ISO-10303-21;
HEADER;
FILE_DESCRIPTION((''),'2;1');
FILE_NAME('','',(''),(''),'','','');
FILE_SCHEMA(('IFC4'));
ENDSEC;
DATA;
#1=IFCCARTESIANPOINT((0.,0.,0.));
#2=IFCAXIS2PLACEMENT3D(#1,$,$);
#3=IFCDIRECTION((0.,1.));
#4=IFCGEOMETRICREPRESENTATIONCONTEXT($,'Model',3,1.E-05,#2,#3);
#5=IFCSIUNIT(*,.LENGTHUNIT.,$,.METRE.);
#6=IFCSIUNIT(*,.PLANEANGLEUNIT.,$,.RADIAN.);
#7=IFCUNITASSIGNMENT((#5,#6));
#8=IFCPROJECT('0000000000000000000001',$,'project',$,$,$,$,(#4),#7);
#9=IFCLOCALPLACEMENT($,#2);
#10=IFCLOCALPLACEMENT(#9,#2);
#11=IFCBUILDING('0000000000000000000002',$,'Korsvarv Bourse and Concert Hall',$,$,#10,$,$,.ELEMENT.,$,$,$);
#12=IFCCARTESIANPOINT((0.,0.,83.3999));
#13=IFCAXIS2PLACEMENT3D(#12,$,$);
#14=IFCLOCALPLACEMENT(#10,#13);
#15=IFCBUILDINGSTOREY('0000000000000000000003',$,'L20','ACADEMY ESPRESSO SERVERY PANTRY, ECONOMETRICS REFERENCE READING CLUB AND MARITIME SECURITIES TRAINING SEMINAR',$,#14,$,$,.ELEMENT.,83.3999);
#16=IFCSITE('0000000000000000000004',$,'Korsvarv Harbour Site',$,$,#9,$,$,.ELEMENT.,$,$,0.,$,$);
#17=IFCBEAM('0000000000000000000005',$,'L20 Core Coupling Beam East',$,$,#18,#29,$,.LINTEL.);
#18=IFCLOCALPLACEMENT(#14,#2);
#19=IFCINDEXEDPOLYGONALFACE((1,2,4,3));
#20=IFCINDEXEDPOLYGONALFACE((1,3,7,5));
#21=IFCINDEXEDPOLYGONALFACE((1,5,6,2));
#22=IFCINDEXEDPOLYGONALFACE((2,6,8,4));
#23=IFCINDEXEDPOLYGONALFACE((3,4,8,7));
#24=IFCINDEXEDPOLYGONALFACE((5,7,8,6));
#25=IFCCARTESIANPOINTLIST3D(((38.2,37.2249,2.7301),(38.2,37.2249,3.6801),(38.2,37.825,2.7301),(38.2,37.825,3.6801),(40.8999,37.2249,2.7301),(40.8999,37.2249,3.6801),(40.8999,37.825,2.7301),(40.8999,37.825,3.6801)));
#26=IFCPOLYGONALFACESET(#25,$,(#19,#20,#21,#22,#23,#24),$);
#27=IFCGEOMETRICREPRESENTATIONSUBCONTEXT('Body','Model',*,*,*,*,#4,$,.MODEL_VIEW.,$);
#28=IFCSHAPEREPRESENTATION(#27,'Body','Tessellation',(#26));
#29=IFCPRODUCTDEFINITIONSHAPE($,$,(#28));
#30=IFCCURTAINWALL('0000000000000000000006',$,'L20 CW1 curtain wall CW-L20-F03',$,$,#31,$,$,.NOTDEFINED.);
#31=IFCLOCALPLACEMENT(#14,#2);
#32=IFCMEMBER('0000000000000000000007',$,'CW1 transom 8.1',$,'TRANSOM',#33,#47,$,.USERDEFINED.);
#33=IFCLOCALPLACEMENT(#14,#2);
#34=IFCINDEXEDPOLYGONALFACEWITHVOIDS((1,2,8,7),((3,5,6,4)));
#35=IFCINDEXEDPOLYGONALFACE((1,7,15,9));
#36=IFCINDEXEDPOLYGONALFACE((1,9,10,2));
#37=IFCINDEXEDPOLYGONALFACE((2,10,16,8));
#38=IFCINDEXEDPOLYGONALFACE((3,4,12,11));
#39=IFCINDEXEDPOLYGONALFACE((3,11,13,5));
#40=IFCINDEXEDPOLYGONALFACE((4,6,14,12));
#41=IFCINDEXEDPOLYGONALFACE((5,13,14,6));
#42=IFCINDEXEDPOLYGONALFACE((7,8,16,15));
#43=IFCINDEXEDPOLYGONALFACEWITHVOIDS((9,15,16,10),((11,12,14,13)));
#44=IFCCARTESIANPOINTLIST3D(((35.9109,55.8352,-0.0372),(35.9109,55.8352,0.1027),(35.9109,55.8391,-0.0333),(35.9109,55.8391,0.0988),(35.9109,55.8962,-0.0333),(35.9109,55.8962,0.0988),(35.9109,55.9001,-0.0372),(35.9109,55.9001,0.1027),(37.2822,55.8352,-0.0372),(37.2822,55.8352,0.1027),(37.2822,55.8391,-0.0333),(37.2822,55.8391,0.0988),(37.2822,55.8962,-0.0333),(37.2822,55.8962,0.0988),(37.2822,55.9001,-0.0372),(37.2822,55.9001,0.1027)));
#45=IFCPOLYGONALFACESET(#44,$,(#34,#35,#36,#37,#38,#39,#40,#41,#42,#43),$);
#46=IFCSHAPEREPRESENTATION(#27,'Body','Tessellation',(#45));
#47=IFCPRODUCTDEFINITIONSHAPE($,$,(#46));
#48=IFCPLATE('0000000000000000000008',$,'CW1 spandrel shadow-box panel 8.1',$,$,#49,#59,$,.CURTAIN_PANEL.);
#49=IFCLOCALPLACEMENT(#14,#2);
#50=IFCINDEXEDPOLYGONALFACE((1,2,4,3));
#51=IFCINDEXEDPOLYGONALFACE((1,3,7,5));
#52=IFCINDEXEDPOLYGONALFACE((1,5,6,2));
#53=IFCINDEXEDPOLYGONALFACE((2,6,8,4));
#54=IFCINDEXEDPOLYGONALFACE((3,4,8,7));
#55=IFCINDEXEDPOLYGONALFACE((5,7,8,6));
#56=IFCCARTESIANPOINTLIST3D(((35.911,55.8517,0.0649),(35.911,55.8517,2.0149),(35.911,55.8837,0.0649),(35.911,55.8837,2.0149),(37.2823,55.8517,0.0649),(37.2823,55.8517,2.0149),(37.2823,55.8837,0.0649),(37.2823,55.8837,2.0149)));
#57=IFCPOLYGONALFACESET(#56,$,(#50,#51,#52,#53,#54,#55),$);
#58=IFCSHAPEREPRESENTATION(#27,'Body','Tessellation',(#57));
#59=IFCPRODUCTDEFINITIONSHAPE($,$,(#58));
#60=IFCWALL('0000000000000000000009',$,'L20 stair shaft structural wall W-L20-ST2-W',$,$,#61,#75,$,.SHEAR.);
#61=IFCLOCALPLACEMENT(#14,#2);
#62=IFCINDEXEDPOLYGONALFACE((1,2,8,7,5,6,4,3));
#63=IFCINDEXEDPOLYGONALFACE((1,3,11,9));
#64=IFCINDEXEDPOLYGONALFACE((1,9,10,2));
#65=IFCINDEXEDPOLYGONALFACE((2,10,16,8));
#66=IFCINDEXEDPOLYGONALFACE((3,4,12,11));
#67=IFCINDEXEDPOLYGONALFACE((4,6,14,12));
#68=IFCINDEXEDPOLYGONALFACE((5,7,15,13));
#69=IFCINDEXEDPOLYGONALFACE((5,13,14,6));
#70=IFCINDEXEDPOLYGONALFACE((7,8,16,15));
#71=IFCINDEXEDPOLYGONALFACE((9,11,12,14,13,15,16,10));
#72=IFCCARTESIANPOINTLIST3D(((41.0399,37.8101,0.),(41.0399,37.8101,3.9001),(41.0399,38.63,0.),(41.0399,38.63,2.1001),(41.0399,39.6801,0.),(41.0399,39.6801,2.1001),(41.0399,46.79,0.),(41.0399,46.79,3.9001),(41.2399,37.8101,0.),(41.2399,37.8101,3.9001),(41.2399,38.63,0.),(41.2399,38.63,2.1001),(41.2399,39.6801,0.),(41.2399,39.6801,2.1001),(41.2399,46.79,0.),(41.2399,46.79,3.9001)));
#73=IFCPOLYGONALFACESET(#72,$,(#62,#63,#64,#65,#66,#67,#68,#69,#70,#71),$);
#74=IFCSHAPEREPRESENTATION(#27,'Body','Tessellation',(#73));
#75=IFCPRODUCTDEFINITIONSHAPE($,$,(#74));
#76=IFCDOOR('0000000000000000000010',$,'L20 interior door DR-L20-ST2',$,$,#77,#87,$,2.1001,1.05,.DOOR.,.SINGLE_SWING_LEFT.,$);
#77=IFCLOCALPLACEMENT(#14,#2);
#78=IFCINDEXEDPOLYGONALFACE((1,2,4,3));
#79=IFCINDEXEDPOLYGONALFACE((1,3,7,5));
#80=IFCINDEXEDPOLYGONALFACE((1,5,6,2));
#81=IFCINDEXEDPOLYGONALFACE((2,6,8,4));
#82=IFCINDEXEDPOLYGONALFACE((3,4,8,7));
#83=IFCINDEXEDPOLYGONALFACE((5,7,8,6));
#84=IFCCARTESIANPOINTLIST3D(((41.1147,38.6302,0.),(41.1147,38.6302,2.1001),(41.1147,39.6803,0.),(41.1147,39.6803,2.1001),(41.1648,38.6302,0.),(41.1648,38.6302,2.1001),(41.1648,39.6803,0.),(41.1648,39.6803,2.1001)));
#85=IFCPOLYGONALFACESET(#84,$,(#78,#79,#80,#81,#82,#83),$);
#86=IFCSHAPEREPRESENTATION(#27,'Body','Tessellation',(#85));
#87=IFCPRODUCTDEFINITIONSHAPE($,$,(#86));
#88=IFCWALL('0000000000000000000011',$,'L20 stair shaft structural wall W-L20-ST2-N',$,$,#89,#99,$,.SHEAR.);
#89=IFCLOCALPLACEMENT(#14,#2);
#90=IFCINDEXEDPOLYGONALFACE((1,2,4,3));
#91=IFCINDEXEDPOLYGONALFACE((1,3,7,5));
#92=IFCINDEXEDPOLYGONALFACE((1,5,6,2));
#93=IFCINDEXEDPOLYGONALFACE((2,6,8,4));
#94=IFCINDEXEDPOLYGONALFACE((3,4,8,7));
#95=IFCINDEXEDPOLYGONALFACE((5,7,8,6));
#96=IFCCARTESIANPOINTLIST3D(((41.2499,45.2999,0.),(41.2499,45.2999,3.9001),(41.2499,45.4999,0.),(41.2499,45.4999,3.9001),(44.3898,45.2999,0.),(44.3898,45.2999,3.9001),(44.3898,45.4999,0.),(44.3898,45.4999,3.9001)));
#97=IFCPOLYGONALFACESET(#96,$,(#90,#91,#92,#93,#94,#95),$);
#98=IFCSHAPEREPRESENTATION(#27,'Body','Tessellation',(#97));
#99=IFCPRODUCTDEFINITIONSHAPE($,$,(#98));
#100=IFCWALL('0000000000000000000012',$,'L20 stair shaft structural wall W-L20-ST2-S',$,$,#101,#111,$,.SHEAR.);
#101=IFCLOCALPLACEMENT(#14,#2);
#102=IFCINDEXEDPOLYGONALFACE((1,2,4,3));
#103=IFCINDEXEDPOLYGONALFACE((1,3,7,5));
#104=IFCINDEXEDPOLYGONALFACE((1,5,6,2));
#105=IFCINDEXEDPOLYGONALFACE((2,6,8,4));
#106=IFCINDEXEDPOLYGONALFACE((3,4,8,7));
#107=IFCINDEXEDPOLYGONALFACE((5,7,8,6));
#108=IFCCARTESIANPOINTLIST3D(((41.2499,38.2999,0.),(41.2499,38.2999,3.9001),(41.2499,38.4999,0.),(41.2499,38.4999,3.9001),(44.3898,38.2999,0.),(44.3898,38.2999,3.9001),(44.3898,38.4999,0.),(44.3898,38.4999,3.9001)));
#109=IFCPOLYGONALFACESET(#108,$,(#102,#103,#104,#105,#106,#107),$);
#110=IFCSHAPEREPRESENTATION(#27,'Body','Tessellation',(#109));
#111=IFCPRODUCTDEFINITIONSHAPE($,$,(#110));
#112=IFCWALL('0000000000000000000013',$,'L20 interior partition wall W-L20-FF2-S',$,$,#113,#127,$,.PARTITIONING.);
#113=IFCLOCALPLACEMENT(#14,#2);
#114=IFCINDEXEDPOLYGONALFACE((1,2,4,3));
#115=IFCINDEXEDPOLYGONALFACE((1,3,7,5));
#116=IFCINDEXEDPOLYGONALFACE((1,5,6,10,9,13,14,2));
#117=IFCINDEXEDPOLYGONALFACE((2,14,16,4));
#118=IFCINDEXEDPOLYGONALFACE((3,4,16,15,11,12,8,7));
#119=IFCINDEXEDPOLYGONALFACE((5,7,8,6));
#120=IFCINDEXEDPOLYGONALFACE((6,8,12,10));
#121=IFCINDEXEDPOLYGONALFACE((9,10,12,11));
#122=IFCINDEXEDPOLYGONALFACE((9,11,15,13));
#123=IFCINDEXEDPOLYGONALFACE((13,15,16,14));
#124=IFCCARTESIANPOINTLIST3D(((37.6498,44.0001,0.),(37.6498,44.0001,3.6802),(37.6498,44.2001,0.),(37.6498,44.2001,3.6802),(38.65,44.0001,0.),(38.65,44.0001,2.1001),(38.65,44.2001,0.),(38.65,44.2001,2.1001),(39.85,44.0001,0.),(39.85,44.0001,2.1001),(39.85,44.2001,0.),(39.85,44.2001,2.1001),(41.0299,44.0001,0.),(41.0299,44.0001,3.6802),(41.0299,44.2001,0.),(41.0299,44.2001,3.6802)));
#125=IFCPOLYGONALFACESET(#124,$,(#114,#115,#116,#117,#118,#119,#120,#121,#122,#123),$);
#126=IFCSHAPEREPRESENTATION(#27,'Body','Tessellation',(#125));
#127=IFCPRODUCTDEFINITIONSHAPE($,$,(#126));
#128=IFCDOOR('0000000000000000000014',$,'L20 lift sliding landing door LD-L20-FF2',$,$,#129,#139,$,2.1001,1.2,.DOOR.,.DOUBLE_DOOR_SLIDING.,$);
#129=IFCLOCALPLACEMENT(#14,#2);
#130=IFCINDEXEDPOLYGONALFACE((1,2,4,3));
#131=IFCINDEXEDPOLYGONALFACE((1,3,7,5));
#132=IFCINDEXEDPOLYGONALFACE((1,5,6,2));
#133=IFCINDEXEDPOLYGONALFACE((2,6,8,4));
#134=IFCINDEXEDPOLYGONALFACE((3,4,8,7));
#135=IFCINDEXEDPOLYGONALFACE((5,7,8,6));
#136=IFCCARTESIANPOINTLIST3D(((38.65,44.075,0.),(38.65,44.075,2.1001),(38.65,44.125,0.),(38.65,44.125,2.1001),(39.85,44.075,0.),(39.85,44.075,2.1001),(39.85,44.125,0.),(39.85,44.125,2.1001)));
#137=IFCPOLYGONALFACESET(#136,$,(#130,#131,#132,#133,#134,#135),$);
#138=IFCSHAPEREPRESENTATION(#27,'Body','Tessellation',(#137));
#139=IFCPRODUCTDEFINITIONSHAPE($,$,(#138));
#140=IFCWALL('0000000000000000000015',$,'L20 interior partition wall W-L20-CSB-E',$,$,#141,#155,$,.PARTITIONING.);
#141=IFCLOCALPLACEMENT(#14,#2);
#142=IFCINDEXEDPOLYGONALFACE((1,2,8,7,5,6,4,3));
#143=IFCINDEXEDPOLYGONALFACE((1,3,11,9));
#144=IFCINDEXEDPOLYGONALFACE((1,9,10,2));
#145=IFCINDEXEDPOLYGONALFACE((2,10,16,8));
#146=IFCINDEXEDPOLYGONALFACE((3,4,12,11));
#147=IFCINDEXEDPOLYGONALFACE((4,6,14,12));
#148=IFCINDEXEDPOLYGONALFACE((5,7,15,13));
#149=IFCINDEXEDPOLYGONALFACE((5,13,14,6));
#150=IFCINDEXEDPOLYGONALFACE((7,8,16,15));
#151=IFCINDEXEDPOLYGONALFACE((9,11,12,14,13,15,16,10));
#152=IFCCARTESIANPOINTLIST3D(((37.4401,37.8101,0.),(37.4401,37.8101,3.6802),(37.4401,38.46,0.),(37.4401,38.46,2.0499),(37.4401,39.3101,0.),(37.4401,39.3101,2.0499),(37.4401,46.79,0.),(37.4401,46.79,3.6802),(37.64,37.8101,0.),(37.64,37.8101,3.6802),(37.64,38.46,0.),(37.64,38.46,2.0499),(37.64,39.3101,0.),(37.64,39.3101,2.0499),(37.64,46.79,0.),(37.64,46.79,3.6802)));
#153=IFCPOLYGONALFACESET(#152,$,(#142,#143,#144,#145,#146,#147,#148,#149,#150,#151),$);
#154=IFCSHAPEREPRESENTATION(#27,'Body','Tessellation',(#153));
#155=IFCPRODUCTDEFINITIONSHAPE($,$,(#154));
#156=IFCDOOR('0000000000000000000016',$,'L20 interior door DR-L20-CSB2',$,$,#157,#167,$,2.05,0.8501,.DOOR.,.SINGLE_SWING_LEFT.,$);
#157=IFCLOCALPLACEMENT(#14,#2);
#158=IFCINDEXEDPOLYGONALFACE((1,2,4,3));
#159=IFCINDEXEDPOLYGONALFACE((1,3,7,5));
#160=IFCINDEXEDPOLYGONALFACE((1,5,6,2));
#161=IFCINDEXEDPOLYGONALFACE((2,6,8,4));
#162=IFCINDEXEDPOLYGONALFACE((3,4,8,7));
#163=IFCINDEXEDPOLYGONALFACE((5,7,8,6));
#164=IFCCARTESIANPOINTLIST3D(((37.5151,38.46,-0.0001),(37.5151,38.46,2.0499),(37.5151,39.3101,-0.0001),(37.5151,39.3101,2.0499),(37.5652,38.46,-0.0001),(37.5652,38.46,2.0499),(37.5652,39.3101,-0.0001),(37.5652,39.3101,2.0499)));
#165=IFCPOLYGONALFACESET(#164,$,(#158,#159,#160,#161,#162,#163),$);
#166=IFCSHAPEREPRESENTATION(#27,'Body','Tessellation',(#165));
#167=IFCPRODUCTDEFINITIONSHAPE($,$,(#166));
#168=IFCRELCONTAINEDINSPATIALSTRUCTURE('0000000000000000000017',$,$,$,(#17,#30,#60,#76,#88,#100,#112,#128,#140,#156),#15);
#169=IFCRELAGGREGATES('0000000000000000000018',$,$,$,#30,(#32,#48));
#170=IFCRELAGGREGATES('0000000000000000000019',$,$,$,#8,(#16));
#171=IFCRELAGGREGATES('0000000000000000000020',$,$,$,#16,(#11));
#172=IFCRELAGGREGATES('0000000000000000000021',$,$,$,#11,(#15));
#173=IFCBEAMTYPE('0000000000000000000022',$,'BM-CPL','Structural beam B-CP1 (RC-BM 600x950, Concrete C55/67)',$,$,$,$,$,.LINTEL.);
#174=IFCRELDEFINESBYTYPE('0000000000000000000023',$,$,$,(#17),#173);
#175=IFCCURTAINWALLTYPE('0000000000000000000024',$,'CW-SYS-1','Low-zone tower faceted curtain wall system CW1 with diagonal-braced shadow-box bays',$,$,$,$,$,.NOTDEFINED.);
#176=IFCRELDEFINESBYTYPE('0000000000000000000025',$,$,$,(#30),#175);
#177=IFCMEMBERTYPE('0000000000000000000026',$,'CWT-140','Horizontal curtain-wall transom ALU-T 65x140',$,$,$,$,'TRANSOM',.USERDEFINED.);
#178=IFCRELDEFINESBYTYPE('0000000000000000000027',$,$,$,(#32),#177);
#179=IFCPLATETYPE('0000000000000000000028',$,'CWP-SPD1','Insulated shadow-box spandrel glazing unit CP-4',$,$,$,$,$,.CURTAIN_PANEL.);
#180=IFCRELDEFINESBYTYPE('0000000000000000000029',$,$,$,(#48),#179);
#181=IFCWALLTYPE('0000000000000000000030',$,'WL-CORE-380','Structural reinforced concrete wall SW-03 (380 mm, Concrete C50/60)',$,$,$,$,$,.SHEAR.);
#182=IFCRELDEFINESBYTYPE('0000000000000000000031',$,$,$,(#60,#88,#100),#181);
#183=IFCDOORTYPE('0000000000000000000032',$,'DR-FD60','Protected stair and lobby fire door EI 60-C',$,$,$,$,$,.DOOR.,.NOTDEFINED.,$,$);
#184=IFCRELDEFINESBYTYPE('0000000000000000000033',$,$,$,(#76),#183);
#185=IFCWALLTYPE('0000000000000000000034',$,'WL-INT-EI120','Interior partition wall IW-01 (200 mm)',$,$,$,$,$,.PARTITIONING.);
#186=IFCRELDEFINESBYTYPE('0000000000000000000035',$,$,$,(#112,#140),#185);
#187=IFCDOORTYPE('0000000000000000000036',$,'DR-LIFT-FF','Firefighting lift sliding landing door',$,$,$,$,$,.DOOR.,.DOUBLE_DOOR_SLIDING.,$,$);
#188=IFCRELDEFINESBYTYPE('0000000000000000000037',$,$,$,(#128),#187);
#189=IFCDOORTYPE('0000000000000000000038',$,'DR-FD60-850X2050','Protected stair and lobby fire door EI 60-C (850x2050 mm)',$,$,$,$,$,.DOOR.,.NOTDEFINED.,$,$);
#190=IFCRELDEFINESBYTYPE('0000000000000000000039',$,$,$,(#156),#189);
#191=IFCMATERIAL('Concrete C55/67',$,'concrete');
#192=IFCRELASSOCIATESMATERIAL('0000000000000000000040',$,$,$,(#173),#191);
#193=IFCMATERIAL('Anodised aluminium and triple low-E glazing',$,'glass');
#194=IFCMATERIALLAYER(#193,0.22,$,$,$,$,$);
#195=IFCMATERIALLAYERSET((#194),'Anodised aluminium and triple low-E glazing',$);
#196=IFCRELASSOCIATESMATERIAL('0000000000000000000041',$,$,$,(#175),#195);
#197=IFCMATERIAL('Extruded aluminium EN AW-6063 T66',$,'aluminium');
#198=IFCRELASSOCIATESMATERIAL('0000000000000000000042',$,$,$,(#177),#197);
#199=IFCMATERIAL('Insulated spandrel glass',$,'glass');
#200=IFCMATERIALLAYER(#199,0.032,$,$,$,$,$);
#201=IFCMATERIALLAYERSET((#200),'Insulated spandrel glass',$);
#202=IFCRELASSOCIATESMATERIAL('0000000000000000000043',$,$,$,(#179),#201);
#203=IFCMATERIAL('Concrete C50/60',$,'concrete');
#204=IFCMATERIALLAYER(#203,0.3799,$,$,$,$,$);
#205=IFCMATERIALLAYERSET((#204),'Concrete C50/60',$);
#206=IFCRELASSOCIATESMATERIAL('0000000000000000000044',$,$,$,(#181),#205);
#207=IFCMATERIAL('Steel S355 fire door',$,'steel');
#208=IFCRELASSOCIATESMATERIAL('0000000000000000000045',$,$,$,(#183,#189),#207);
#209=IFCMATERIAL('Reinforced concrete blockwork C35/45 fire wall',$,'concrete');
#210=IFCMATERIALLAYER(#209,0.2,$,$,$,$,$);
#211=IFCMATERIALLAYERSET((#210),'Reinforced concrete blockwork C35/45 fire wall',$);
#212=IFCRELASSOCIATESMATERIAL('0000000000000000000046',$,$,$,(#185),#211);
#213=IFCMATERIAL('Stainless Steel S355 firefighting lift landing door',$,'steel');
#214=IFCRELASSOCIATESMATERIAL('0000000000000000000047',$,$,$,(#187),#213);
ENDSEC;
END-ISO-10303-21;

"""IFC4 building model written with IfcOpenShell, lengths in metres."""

from ifc_helpers import new_model, si_unit, direction, frame, frame_2d, origin, origin_2d, place, context, subcontext, project, spatial, rectangle, hollow_rectangle, extrude, source, transform, mapped, material, layer, layer_set, material_profile, profile_set, type_object, element, fill, aggregate, save


model = new_model("IFC4")

# Units and contexts
model_context = context("Model", 3, precision=1e-05, world=origin(), true_north=direction((0.0, 1.0)))
body_context = subcontext(model_context, "Body", "Model", "MODEL_VIEW")
ifc_project = project(units=[si_unit("LENGTHUNIT", "METRE"), si_unit("PLANEANGLEUNIT", "RADIAN")], contexts=[model_context])

# Site, building, storey
site_placement = place(None, origin())
site = spatial("IfcSite", under=ifc_project, at=site_placement, Name="Korsvarv Harbour Site", CompositionType="ELEMENT", RefElevation=0.0)
building_placement = place(site_placement, origin())
building = spatial("IfcBuilding", under=site, at=building_placement, Name="Korsvarv Bourse and Concert Hall", CompositionType="ELEMENT")
storey_placement = place(building_placement, frame((0.0, 0.0, 83.3999)))
storey = spatial("IfcBuildingStorey", under=building, at=storey_placement, Name="L20", Description="ACADEMY ESPRESSO SERVERY PANTRY, ECONOMETRICS REFERENCE READING CLUB AND MARITIME SECURITIES TRAINING SEMINAR", CompositionType="ELEMENT", Elevation=83.3999)

# Beam
ifc_material_1 = material(Name="Concrete C55/67", Category="concrete")
ifc_material_profile_1 = material_profile(ifc_material_1, rectangle(XDim=0.6001, YDim=0.95, at=origin_2d()), Name="RC-BM 600x950")
ifc_profile_set_1 = profile_set([ifc_material_profile_1], Name="Concrete C55/67")
beam_type = type_object("IfcBeamType", Name="BM-CPL", Description="Structural beam B-CP1 (RC-BM 600x950, Concrete C55/67)", PredefinedType="LINTEL", material=ifc_profile_set_1)
shared_shape_1 = source(origin(), body_context, "Body", "SweptSolid", [
    extrude(rectangle(XDim=0.6001, YDim=0.95, at=origin_2d()), origin(), (0.0, 0.0, 1.0), 2.7),
])
beam_placement = place(storey_placement, frame((38.2, 37.5249, 3.2051), z_axis=(1.0, 0.0, 0.0), x_axis=(0.0, 1.0, 0.0)))
element("IfcBeam", 1, at=beam_placement, inside=storey, type_object=beam_type, Name="L20 Core Coupling Beam East", PredefinedType="LINTEL", context=body_context, shape_type="MappedRepresentation", body=[
    mapped(shared_shape_1, transform((0.0, 0.0, 0.0), scale=1.0)),
])

# Curtain wall, member, plate
ifc_material_2 = material(Name="Anodised aluminium and triple low-E glazing", Category="glass")
ifc_layer_1 = layer(ifc_material_2, 0.22)
ifc_layer_set_1 = layer_set([ifc_layer_1], Name="Anodised aluminium and triple low-E glazing")
curtain_wall_type = type_object("IfcCurtainWallType", Name="CW-SYS-1", Description="Low-zone tower faceted curtain wall system CW1 with diagonal-braced shadow-box bays", PredefinedType="NOTDEFINED", material=ifc_layer_set_1)
curtain_wall_placement = place(storey_placement, origin())
curtain_wall = element("IfcCurtainWall", 2, at=curtain_wall_placement, inside=storey, type_object=curtain_wall_type, Name="L20 CW1 curtain wall CW-L20-F03", PredefinedType="NOTDEFINED")
ifc_material_3 = material(Name="Extruded aluminium EN AW-6063 T66", Category="aluminium")
ifc_material_profile_2 = material_profile(ifc_material_3, hollow_rectangle(XDim=0.0649, YDim=0.1399, WallThickness=0.0039, at=origin_2d()), Name="ALU-T 65x140")
ifc_profile_set_2 = profile_set([ifc_material_profile_2], Name="Extruded aluminium EN AW-6063 T66")
member_type = type_object("IfcMemberType", Name="CWT-140", Description="Horizontal curtain-wall transom ALU-T 65x140", ElementType="TRANSOM", PredefinedType="USERDEFINED", material=ifc_profile_set_2)
shared_shape_2 = source(origin(), body_context, "Body", "SweptSolid", [
    extrude(hollow_rectangle(XDim=0.0649, YDim=0.1399, WallThickness=0.0039, at=origin_2d()), origin(), (0.0, 0.0, 1.0), 1.3713),
])
member_placement = place(storey_placement, frame((37.2822, 55.8677, 0.0327), z_axis=(-1.0, 0.0, 0.0), x_axis=(0.0, -1.0, 0.0)))
member = element("IfcMember", 3, at=member_placement, type_object=member_type, Name="CW1 transom 8.1", ObjectType="TRANSOM", PredefinedType="USERDEFINED", context=body_context, shape_type="MappedRepresentation", body=[
    mapped(shared_shape_2, transform((0.0, 0.0, 0.0), scale=1.0)),
])
ifc_material_4 = material(Name="Insulated spandrel glass", Category="glass")
ifc_layer_2 = layer(ifc_material_4, 0.032)
ifc_layer_set_2 = layer_set([ifc_layer_2], Name="Insulated spandrel glass")
plate_type = type_object("IfcPlateType", Name="CWP-SPD1", Description="Insulated shadow-box spandrel glazing unit CP-4", PredefinedType="CURTAIN_PANEL", material=ifc_layer_set_2)
shared_shape_3 = source(origin(), body_context, "Body", "SweptSolid", [
    extrude(rectangle(XDim=1.3713, YDim=0.032, at=origin_2d()), origin(), (0.0, 0.0, 1.0), 1.95),
])
plate_placement = place(storey_placement, frame((36.5967, 55.8677, 0.0649), z_axis=(0.0, 0.0, 1.0), x_axis=(-1.0, 0.0, 0.0)))
plate = element("IfcPlate", 4, at=plate_placement, type_object=plate_type, Name="CW1 spandrel shadow-box panel 8.1", PredefinedType="CURTAIN_PANEL", context=body_context, shape_type="MappedRepresentation", body=[
    mapped(shared_shape_3, transform((0.0, 0.0, 0.0), scale=1.0)),
])
aggregate(curtain_wall, [member, plate])

# Wall, opening, door
ifc_material_5 = material(Name="Concrete C50/60", Category="concrete")
ifc_layer_3 = layer(ifc_material_5, 0.3799)
ifc_layer_set_3 = layer_set([ifc_layer_3], Name="Concrete C50/60")
wall_type_1 = type_object("IfcWallType", Name="WL-CORE-380", Description="Structural reinforced concrete wall SW-03 (380 mm, Concrete C50/60)", PredefinedType="SHEAR", material=ifc_layer_set_3)
wall_1_placement = place(storey_placement, frame((41.1399, 37.8101, 0.0), z_axis=(0.0, 0.0, 1.0), x_axis=(0.0, 1.0, 0.0)))
wall_1 = element("IfcWall", 5, at=wall_1_placement, inside=storey, type_object=wall_type_1, Name="L20 stair shaft structural wall W-L20-ST2-W", PredefinedType="SHEAR", context=body_context, shape_type="SweptSolid", body=[
    extrude(rectangle(XDim=8.98, YDim=0.2, at=frame_2d((4.49, 0.0))), origin(), (0.0, 0.0, 1.0), 3.9001),
])
opening_1_placement = place(wall_1_placement, frame((0.8201, 0.0, 0.0)))
opening_1 = element("IfcOpeningElement", 6, at=opening_1_placement, cuts=wall_1, PredefinedType="OPENING", context=body_context, shape_type="SweptSolid", body=[
    extrude(rectangle(XDim=1.05, YDim=2.1001, at=frame_2d((0.5249, 1.05))), frame((0.0, 0.1099, 0.0), z_axis=(0.0, -1.0, 0.0), x_axis=(1.0, 0.0, 0.0)), (0.0, 0.0, 1.0), 0.22),
])
ifc_material_6 = material(Name="Steel S355 fire door", Category="steel")
door_type_1 = type_object("IfcDoorType", Name="DR-FD60", Description="Protected stair and lobby fire door EI 60-C", OperationType="NOTDEFINED", PredefinedType="DOOR", material=ifc_material_6)
door_1_placement = place(opening_1_placement, frame((1.05, 0.0, 0.0), z_axis=(0.0, 0.0, 1.0), x_axis=(-1.0, 0.0, 0.0)))
door_1 = element("IfcDoor", 7, at=door_1_placement, inside=storey, type_object=door_type_1, Name="L20 interior door DR-L20-ST2", OperationType="SINGLE_SWING_LEFT", OverallHeight=2.1001, OverallWidth=1.05, PredefinedType="DOOR", context=body_context, shape_type="SweptSolid", body=[
    extrude(rectangle(XDim=1.05, YDim=2.1001, at=frame_2d((0.5249, 1.05))), frame((0.0, 0.0249, 0.0), z_axis=(0.0, -1.0, 0.0), x_axis=(1.0, 0.0, 0.0)), (0.0, 0.0, 1.0), 0.05),
])
fill(opening_1, door_1)

# Walls
for number, where, z_axis, x_axis, name in (
    (8, (41.25, 45.3999, 0.0), (0.0, 0.0, 1.0), (1.0, 0.0, 0.0), "L20 stair shaft structural wall W-L20-ST2-N"),
    (9, (41.25, 38.3999, 0.0), (0.0, 0.0, 1.0), (1.0, 0.0, 0.0), "L20 stair shaft structural wall W-L20-ST2-S"),
):
    element("IfcWall", number, at=place(storey_placement, frame(where, z_axis=z_axis, x_axis=x_axis)), inside=storey, type_object=wall_type_1, Name=name, PredefinedType="SHEAR", context=body_context, shape_type="SweptSolid", body=[
        extrude(rectangle(XDim=3.1399, YDim=0.2, at=frame_2d((1.5698, 0.0))), origin(), (0.0, 0.0, 1.0), 3.9001),
    ])

# Walls, openings, doors
ifc_material_7 = material(Name="Reinforced concrete blockwork C35/45 fire wall", Category="concrete")
ifc_layer_4 = layer(ifc_material_7, 0.2)
ifc_layer_set_4 = layer_set([ifc_layer_4], Name="Reinforced concrete blockwork C35/45 fire wall")
wall_type_2 = type_object("IfcWallType", Name="WL-INT-EI120", Description="Interior partition wall IW-01 (200 mm)", PredefinedType="PARTITIONING", material=ifc_layer_set_4)
wall_2_placement = place(storey_placement, frame((37.6499, 44.1001, 0.0), z_axis=(0.0, 0.0, 1.0), x_axis=(1.0, 0.0, 0.0)))
wall_2 = element("IfcWall", 10, at=wall_2_placement, inside=storey, type_object=wall_type_2, Name="L20 interior partition wall W-L20-FF2-S", PredefinedType="PARTITIONING", context=body_context, shape_type="SweptSolid", body=[
    extrude(rectangle(XDim=3.3801, YDim=0.2, at=frame_2d((1.6899, 0.0))), origin(), (0.0, 0.0, 1.0), 3.6802),
])
opening_2_placement = place(wall_2_placement, frame((1.0, 0.0, 0.0)))
opening_2 = element("IfcOpeningElement", 11, at=opening_2_placement, cuts=wall_2, PredefinedType="OPENING", context=body_context, shape_type="SweptSolid", body=[
    extrude(rectangle(XDim=1.2, YDim=2.1001, at=frame_2d((0.6001, 1.05))), frame((0.0, 0.1099, 0.0), z_axis=(0.0, -1.0, 0.0), x_axis=(1.0, 0.0, 0.0)), (0.0, 0.0, 1.0), 0.22),
])
ifc_material_8 = material(Name="Stainless Steel S355 firefighting lift landing door", Category="steel")
door_type_2 = type_object("IfcDoorType", Name="DR-LIFT-FF", Description="Firefighting lift sliding landing door", OperationType="DOUBLE_DOOR_SLIDING", PredefinedType="DOOR", material=ifc_material_8)
door_2_placement = place(opening_2_placement, origin())
door_2 = element("IfcDoor", 12, at=door_2_placement, inside=storey, type_object=door_type_2, Name="L20 lift sliding landing door LD-L20-FF2", OperationType="DOUBLE_DOOR_SLIDING", OverallHeight=2.1001, OverallWidth=1.2, PredefinedType="DOOR", context=body_context, shape_type="SweptSolid", body=[
    extrude(rectangle(XDim=1.2, YDim=2.1001, at=frame_2d((0.6001, 1.05))), frame((0.0, 0.0249, 0.0), z_axis=(0.0, -1.0, 0.0), x_axis=(1.0, 0.0, 0.0)), (0.0, 0.0, 1.0), 0.05),
])
fill(opening_2, door_2)
wall_3_placement = place(storey_placement, frame((37.54, 37.8101, 0.0), z_axis=(0.0, 0.0, 1.0), x_axis=(0.0, 1.0, 0.0)))
wall_3 = element("IfcWall", 13, at=wall_3_placement, inside=storey, type_object=wall_type_2, Name="L20 interior partition wall W-L20-CSB-E", PredefinedType="PARTITIONING", context=body_context, shape_type="SweptSolid", body=[
    extrude(rectangle(XDim=8.98, YDim=0.2, at=frame_2d((4.49, 0.0))), origin(), (0.0, 0.0, 1.0), 3.6802),
])
opening_3_placement = place(wall_3_placement, frame((0.6499, 0.0, 0.0)))
opening_3 = element("IfcOpeningElement", 14, at=opening_3_placement, cuts=wall_3, PredefinedType="OPENING", context=body_context, shape_type="SweptSolid", body=[
    extrude(rectangle(XDim=0.8501, YDim=2.05, at=frame_2d((0.425, 1.0249))), frame((0.0, 0.1099, 0.0), z_axis=(0.0, -1.0, 0.0), x_axis=(1.0, 0.0, 0.0)), (0.0, 0.0, 1.0), 0.22),
])
door_type_3 = type_object("IfcDoorType", Name="DR-FD60-850X2050", Description="Protected stair and lobby fire door EI 60-C (850x2050 mm)", OperationType="NOTDEFINED", PredefinedType="DOOR", material=ifc_material_6)
door_3_placement = place(opening_3_placement, origin())
door_3 = element("IfcDoor", 15, at=door_3_placement, inside=storey, type_object=door_type_3, Name="L20 interior door DR-L20-CSB2", OperationType="SINGLE_SWING_LEFT", OverallHeight=2.05, OverallWidth=0.8501, PredefinedType="DOOR", context=body_context, shape_type="SweptSolid", body=[
    extrude(rectangle(XDim=0.8501, YDim=2.05, at=frame_2d((0.425, 1.0249))), frame((0.0, 0.0249, 0.0), z_axis=(0.0, -1.0, 0.0), x_axis=(1.0, 0.0, 0.0)), (0.0, 0.0, 1.0), 0.05),
])
fill(opening_3, door_3)

save(model, "model.ifc")
